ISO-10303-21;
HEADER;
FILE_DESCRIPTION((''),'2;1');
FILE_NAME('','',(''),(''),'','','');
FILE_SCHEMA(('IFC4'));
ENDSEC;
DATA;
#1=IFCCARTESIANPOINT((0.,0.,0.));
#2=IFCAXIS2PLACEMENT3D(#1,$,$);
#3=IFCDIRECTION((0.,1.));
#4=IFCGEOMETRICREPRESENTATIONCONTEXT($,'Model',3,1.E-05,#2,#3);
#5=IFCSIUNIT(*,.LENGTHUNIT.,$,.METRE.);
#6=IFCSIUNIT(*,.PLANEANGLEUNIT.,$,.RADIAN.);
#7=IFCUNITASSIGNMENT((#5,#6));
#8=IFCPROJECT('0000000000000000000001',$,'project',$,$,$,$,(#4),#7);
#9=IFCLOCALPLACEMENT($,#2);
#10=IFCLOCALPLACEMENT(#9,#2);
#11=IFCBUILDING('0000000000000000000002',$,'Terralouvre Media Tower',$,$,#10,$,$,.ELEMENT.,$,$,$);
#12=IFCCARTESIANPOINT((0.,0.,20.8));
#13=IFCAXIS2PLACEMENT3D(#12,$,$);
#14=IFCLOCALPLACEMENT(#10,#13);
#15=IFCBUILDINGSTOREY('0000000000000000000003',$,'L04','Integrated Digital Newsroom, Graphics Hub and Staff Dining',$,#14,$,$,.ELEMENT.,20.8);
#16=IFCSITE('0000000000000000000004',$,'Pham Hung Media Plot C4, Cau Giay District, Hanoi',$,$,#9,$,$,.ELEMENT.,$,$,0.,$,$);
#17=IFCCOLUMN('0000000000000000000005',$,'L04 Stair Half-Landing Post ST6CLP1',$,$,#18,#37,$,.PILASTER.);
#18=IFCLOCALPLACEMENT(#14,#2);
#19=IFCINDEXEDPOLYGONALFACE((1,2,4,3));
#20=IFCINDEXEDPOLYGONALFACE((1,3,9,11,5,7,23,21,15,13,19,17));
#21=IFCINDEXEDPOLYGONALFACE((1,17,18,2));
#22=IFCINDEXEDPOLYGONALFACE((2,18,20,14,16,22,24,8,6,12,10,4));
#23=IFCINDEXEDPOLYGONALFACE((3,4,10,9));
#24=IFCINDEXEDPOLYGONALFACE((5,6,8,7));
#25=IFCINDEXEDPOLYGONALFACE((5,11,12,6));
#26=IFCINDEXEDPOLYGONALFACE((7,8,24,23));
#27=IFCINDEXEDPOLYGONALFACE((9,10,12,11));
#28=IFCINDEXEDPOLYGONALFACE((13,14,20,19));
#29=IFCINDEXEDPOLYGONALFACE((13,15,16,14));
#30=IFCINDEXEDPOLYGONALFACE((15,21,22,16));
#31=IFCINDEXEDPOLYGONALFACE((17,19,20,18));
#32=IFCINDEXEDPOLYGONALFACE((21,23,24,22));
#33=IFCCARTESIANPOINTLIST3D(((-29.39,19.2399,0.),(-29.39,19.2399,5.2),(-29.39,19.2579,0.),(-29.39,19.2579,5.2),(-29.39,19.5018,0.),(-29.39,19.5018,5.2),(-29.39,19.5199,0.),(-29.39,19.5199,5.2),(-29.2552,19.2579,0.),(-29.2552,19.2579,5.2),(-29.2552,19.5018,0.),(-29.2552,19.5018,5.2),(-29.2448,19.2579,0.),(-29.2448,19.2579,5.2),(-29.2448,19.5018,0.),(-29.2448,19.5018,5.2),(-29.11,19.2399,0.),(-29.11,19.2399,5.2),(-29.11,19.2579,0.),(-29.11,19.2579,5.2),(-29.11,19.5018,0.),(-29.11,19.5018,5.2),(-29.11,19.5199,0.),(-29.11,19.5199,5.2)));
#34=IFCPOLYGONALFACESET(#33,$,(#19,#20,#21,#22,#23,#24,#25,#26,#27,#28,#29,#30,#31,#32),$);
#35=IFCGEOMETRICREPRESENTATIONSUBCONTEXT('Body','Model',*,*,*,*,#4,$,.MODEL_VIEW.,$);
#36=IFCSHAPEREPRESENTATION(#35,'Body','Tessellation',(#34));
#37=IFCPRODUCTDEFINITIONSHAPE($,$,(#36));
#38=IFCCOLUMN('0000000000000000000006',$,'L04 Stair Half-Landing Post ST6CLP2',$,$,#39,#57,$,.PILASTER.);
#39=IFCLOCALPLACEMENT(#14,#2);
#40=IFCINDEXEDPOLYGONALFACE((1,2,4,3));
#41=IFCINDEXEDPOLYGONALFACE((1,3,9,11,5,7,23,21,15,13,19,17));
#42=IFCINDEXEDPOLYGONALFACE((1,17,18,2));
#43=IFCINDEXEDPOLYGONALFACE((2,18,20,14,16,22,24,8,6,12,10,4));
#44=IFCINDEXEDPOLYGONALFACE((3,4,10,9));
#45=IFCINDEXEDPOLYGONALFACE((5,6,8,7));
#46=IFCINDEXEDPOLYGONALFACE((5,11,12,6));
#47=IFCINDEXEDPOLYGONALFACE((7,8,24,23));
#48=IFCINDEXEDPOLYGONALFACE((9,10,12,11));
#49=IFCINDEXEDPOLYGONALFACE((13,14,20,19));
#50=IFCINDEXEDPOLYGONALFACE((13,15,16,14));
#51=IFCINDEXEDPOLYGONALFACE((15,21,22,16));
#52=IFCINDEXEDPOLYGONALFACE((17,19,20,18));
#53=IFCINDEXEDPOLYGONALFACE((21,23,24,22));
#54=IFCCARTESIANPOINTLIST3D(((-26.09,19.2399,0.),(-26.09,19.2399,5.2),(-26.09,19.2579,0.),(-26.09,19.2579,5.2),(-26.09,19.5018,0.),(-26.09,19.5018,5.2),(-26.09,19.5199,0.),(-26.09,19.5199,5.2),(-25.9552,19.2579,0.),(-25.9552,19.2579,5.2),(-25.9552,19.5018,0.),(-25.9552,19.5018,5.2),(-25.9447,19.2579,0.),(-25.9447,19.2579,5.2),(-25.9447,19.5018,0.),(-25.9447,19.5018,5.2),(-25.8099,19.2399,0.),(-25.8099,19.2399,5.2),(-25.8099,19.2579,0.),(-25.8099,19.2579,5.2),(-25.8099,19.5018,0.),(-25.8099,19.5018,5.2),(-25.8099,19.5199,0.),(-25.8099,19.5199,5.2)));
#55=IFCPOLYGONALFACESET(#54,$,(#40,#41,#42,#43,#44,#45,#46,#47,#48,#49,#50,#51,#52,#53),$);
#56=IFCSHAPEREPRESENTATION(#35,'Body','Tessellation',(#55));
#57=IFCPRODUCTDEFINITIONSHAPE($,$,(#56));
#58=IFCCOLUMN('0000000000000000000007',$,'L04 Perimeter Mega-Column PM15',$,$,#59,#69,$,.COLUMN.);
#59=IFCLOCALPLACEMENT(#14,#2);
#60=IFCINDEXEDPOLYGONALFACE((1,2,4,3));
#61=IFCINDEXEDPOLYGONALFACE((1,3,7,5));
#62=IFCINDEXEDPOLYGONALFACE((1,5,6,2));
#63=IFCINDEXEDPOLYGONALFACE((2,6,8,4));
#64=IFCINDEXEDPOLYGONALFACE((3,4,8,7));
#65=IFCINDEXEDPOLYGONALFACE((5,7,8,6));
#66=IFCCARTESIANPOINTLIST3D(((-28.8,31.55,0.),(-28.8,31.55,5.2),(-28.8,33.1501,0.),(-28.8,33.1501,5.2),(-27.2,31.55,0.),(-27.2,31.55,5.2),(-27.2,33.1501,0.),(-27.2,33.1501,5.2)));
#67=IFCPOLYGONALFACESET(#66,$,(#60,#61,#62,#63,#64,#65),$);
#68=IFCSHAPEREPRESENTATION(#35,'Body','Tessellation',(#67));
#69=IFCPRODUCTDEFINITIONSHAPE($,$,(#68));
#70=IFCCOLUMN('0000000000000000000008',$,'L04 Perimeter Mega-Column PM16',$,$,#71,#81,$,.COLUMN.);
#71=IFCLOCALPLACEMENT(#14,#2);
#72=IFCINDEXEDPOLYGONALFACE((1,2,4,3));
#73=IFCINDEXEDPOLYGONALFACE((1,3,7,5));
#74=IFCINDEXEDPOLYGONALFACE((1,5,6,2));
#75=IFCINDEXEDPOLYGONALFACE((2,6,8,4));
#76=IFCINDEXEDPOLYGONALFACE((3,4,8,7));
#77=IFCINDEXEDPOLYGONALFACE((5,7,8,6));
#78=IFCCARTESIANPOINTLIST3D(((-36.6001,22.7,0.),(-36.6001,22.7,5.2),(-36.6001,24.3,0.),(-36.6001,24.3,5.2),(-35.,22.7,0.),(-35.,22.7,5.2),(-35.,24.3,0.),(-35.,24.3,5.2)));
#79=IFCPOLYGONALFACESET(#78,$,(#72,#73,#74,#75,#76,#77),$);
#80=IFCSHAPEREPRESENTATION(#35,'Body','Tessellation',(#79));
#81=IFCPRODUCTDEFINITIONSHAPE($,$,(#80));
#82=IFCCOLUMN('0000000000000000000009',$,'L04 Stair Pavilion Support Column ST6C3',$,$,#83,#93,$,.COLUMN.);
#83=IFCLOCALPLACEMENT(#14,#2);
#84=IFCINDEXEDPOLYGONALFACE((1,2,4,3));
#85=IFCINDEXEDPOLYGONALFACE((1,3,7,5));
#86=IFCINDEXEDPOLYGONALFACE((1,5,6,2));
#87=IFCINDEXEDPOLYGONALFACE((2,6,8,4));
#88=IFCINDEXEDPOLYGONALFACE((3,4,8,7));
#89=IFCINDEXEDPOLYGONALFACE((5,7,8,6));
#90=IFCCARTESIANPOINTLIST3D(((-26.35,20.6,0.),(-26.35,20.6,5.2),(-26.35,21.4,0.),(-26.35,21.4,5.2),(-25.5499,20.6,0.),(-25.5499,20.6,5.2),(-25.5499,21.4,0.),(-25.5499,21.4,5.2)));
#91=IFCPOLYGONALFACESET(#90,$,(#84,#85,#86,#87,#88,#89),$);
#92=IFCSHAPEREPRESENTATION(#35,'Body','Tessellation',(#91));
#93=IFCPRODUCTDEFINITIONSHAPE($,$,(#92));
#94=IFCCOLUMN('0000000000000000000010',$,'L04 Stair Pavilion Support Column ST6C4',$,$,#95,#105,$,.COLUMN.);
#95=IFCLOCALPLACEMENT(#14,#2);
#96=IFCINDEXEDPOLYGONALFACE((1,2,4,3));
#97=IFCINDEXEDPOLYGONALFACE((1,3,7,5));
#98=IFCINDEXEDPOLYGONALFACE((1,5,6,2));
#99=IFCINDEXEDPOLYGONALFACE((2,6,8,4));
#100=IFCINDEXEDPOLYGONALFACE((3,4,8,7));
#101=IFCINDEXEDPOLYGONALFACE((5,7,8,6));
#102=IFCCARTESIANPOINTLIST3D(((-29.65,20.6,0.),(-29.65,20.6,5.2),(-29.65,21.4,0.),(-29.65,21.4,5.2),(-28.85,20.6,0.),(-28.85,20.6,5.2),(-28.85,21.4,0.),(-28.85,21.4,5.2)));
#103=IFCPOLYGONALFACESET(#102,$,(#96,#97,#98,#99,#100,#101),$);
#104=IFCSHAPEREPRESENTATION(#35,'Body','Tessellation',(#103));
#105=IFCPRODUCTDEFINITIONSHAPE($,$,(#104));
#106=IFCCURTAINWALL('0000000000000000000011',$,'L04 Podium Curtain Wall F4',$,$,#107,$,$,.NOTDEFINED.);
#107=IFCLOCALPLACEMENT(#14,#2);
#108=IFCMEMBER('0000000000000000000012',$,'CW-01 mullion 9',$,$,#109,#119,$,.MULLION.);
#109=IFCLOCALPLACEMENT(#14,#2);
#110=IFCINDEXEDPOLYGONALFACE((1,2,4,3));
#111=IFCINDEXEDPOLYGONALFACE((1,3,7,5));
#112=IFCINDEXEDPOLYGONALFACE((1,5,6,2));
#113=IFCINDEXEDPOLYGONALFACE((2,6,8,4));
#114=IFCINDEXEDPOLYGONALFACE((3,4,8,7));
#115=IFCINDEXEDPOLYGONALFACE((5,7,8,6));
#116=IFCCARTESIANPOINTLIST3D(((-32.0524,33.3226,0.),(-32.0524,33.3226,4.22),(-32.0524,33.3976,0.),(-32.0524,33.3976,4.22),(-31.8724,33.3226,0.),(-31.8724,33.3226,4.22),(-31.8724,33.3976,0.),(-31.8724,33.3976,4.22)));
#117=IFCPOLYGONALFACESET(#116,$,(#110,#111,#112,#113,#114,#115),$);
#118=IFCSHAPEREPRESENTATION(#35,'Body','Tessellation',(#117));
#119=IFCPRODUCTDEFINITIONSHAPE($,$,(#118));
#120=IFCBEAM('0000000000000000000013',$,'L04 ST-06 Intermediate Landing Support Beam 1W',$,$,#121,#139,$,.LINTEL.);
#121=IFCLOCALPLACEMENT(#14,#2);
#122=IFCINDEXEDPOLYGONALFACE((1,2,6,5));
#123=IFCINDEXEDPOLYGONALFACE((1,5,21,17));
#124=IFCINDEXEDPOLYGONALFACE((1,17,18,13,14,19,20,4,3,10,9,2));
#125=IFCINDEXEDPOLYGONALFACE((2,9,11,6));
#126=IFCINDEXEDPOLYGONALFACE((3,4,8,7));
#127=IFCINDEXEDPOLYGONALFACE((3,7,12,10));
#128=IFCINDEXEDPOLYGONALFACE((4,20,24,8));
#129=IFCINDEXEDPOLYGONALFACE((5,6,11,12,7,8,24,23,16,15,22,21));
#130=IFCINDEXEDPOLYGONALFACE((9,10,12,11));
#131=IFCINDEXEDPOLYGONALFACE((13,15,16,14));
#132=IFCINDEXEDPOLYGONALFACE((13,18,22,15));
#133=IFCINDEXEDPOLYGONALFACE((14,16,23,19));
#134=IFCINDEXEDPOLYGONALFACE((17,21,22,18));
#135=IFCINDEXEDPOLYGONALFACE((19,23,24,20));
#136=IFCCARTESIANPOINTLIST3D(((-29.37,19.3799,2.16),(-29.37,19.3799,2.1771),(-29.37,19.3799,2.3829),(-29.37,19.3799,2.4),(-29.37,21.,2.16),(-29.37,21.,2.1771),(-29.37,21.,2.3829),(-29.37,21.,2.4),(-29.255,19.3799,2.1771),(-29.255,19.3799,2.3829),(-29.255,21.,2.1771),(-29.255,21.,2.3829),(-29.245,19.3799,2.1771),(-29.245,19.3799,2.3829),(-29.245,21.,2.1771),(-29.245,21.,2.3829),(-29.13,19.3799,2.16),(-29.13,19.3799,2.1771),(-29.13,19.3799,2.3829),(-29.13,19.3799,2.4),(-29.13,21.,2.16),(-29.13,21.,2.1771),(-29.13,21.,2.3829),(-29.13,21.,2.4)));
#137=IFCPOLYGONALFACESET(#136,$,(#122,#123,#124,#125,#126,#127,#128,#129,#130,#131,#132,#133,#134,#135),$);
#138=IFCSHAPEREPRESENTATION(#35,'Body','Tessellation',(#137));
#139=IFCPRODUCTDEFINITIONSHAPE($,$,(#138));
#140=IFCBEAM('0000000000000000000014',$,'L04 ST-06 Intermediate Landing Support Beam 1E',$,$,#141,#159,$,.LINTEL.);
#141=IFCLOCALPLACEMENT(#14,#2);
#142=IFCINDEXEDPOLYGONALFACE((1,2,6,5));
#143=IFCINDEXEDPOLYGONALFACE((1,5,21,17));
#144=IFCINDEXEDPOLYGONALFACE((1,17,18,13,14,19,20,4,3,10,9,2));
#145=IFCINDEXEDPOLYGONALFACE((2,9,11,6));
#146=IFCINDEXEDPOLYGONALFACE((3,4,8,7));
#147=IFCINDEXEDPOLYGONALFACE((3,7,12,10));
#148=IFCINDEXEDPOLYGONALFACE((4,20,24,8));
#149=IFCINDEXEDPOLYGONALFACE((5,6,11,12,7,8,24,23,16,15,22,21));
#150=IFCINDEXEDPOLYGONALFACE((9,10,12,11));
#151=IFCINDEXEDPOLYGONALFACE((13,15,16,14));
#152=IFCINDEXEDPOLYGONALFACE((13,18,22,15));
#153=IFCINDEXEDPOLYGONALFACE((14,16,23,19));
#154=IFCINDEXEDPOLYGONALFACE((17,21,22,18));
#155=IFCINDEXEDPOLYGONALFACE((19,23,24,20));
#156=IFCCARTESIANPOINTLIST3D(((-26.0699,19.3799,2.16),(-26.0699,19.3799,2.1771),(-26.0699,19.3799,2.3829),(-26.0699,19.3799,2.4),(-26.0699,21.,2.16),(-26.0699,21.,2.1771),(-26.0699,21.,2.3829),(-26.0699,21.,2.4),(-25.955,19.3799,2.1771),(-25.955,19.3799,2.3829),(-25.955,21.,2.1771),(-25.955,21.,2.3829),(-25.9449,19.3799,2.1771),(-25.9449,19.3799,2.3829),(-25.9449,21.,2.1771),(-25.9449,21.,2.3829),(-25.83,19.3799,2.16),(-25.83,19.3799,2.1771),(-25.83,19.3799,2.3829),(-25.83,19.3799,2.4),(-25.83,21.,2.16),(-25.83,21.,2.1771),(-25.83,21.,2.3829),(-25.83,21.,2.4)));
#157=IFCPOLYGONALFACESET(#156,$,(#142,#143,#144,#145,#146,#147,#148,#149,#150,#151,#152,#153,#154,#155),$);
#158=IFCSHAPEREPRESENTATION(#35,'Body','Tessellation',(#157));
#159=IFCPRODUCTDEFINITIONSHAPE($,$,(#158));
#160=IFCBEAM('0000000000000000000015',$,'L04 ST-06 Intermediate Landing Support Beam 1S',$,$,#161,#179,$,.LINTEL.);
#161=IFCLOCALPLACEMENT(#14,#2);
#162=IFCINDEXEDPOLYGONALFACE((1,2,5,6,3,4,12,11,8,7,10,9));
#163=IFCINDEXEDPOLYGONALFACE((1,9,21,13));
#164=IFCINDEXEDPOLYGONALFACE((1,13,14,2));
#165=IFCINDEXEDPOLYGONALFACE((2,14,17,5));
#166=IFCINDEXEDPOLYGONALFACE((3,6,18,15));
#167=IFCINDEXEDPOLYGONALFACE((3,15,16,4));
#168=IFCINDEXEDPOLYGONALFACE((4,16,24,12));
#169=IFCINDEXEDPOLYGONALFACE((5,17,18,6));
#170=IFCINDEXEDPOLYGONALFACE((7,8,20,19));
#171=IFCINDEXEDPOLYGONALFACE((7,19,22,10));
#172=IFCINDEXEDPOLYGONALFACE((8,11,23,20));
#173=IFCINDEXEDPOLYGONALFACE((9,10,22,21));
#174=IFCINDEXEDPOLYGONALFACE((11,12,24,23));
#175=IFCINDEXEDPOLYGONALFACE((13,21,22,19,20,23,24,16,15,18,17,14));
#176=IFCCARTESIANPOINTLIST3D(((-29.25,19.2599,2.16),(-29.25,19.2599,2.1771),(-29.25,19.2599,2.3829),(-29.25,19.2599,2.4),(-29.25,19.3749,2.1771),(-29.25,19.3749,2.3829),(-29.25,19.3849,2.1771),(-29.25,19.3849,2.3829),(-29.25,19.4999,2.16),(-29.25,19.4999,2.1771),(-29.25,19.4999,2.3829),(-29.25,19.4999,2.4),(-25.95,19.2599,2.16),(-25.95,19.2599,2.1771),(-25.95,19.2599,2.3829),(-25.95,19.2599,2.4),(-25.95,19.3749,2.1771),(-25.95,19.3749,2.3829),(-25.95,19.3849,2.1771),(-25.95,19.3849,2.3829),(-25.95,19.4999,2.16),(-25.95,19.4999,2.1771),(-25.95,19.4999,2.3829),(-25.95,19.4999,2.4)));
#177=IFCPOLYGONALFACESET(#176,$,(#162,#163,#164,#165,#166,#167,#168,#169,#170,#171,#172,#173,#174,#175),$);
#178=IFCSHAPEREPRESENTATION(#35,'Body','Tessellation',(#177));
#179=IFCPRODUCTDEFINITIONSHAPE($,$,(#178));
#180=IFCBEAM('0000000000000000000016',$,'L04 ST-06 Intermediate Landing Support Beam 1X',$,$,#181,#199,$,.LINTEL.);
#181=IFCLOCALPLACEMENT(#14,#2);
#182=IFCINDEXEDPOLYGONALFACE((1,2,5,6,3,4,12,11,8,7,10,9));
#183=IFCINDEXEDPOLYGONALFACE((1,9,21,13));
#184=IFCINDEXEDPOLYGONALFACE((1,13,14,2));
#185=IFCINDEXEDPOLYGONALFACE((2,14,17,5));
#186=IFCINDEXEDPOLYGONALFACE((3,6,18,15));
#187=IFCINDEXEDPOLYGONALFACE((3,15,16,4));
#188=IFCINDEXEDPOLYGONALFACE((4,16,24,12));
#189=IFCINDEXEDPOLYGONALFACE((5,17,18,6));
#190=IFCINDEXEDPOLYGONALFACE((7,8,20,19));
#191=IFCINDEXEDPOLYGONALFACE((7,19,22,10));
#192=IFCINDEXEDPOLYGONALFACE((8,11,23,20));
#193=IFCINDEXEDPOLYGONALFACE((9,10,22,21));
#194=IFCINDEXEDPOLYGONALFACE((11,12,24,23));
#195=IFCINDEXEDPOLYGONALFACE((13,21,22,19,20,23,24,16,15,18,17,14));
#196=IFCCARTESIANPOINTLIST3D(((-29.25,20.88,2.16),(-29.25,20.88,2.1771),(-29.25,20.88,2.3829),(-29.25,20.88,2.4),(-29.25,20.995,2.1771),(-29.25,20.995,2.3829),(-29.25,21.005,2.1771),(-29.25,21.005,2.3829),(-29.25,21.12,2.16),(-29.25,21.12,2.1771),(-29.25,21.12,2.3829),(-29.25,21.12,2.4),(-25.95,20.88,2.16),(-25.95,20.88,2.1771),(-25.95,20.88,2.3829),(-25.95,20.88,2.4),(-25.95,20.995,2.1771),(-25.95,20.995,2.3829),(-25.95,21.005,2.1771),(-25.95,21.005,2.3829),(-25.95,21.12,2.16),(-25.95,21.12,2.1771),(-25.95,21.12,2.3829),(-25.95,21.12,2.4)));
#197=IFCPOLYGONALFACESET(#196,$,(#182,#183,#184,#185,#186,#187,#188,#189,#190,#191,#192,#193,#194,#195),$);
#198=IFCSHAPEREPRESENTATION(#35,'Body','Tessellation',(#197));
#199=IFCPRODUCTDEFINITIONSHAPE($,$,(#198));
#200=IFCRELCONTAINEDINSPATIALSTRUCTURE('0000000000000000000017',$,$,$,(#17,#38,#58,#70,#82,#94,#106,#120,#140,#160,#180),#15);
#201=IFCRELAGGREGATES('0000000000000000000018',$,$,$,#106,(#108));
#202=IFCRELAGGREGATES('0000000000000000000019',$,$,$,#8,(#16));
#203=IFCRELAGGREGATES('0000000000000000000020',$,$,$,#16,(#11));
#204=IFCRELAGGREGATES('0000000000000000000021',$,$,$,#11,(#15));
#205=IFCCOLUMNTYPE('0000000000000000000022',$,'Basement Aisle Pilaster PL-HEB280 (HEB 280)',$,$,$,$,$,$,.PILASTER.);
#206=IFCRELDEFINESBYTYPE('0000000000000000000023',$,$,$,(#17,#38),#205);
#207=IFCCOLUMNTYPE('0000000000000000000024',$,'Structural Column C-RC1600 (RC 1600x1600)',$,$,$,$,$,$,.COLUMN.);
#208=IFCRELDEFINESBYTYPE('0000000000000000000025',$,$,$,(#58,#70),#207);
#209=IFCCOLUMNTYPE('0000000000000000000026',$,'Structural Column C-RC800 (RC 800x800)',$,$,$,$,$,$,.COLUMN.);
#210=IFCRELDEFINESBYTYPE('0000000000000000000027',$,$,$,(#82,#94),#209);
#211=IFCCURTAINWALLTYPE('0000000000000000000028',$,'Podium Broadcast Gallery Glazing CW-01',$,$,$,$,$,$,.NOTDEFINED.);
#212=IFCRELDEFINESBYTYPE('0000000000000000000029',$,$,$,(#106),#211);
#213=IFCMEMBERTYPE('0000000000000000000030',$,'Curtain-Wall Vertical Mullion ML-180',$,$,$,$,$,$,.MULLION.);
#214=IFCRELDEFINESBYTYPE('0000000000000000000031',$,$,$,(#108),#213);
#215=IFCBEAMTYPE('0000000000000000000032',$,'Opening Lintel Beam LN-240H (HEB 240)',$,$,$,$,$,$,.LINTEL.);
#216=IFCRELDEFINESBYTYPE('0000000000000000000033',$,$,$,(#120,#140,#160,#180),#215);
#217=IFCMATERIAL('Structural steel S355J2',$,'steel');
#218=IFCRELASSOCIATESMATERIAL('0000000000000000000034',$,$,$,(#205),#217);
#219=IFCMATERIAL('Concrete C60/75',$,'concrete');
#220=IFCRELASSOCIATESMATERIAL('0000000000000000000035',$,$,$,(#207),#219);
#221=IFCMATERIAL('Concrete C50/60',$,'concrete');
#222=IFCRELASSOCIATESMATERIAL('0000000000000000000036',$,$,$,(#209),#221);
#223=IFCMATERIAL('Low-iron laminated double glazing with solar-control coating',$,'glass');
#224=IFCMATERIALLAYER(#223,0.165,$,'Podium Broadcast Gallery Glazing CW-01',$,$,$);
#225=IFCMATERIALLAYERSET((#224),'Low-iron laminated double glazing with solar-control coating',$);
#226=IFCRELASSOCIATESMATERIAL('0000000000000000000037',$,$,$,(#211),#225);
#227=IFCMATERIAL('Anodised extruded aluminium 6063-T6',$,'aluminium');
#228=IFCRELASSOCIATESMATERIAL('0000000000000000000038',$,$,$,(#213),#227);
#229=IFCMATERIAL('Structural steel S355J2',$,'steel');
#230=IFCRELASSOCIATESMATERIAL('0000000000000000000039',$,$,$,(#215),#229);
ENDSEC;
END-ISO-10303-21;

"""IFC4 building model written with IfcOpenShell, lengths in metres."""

from ifc_helpers import new_model, si_unit, direction, frame, origin, origin_2d, place, context, subcontext, project, spatial, rectangle, i_section, extrude, material, layer, layer_set, material_profile, profile_set, type_object, element, aggregate, save


model = new_model("IFC4")

# Units and contexts
model_context = context("Model", 3, precision=1e-05, world=origin(), true_north=direction((0.0, 1.0)))
body_context = subcontext(model_context, "Body", "Model", "MODEL_VIEW")
ifc_project = project(units=[si_unit("LENGTHUNIT", "METRE"), si_unit("PLANEANGLEUNIT", "RADIAN")], contexts=[model_context])

# Site, building, storey
site_placement = place(None, origin())
site = spatial("IfcSite", under=ifc_project, at=site_placement, Name="Pham Hung Media Plot C4, Cau Giay District, Hanoi", CompositionType="ELEMENT", RefElevation=0.0)
building_placement = place(site_placement, origin())
building = spatial("IfcBuilding", under=site, at=building_placement, Name="Terralouvre Media Tower", CompositionType="ELEMENT")
storey_placement = place(building_placement, frame((0.0, 0.0, 20.8)))
storey = spatial("IfcBuildingStorey", under=building, at=storey_placement, Name="L04", Description="Integrated Digital Newsroom, Graphics Hub and Staff Dining", CompositionType="ELEMENT", Elevation=20.8)

# Columns
ifc_material_1 = material(Name="Structural steel S355J2", Category="steel")
ifc_material_profile_1 = material_profile(ifc_material_1, i_section(OverallWidth=0.28, OverallDepth=0.28, WebThickness=0.0105, FlangeThickness=0.0181, at=origin_2d()), Name="HEB 280")
ifc_profile_set_1 = profile_set([ifc_material_profile_1], Name="Structural steel S355J2")
column_type_1 = type_object("IfcColumnType", Name="Basement Aisle Pilaster PL-HEB280 (HEB 280)", PredefinedType="PILASTER", material=ifc_profile_set_1)
for number, where, z_axis, x_axis, name in (
    (1, (-29.25, 19.3799, 0.0), (0.0, 0.0, 1.0), (1.0, 0.0, 0.0), "L04 Stair Half-Landing Post ST6CLP1"),
    (2, (-25.95, 19.3799, 0.0), (0.0, 0.0, 1.0), (1.0, 0.0, 0.0), "L04 Stair Half-Landing Post ST6CLP2"),
):
    element("IfcColumn", number, at=place(storey_placement, frame(where, z_axis=z_axis, x_axis=x_axis)), inside=storey, type_object=column_type_1, Name=name, PredefinedType="PILASTER", context=body_context, shape_type="SweptSolid", body=[
        extrude(i_section(OverallWidth=0.28, OverallDepth=0.28, WebThickness=0.0105, FlangeThickness=0.0181, at=origin_2d()), origin(), (0.0, 0.0, 1.0), 5.2),
    ])
ifc_material_2 = material(Name="Concrete C60/75", Category="concrete")
ifc_material_profile_2 = material_profile(ifc_material_2, rectangle(XDim=1.6001, YDim=1.6001, at=origin_2d()), Name="RC 1600x1600")
ifc_profile_set_2 = profile_set([ifc_material_profile_2], Name="Concrete C60/75")
column_type_2 = type_object("IfcColumnType", Name="Structural Column C-RC1600 (RC 1600x1600)", PredefinedType="COLUMN", material=ifc_profile_set_2)
for number, where, z_axis, x_axis, name in (
    (3, (-28.0, 32.3501, 0.0), (0.0, 0.0, 1.0), (1.0, 0.0, 0.0), "L04 Perimeter Mega-Column PM15"),
    (4, (-35.8, 23.5, 0.0), (0.0, 0.0, 1.0), (1.0, 0.0, 0.0), "L04 Perimeter Mega-Column PM16"),
):
    element("IfcColumn", number, at=place(storey_placement, frame(where, z_axis=z_axis, x_axis=x_axis)), inside=storey, type_object=column_type_2, Name=name, PredefinedType="COLUMN", context=body_context, shape_type="SweptSolid", body=[
        extrude(rectangle(XDim=1.6001, YDim=1.6001, at=origin_2d()), origin(), (0.0, 0.0, 1.0), 5.2),
    ])
ifc_material_3 = material(Name="Concrete C50/60", Category="concrete")
ifc_material_profile_3 = material_profile(ifc_material_3, rectangle(XDim=0.8, YDim=0.8, at=origin_2d()), Name="RC 800x800")
ifc_profile_set_3 = profile_set([ifc_material_profile_3], Name="Concrete C50/60")
column_type_3 = type_object("IfcColumnType", Name="Structural Column C-RC800 (RC 800x800)", PredefinedType="COLUMN", material=ifc_profile_set_3)
for number, where, z_axis, x_axis, name in (
    (5, (-25.95, 21.0, 0.0), (0.0, 0.0, 1.0), (1.0, 0.0, 0.0), "L04 Stair Pavilion Support Column ST6C3"),
    (6, (-29.25, 21.0, 0.0), (0.0, 0.0, 1.0), (1.0, 0.0, 0.0), "L04 Stair Pavilion Support Column ST6C4"),
):
    element("IfcColumn", number, at=place(storey_placement, frame(where, z_axis=z_axis, x_axis=x_axis)), inside=storey, type_object=column_type_3, Name=name, PredefinedType="COLUMN", context=body_context, shape_type="SweptSolid", body=[
        extrude(rectangle(XDim=0.8, YDim=0.8, at=origin_2d()), origin(), (0.0, 0.0, 1.0), 5.2),
    ])

# Curtain wall, member
ifc_material_4 = material(Name="Low-iron laminated double glazing with solar-control coating", Category="glass")
ifc_layer_1 = layer(ifc_material_4, 0.165, Name="Podium Broadcast Gallery Glazing CW-01")
ifc_layer_set_1 = layer_set([ifc_layer_1], Name="Low-iron laminated double glazing with solar-control coating")
curtain_wall_type = type_object("IfcCurtainWallType", Name="Podium Broadcast Gallery Glazing CW-01", PredefinedType="NOTDEFINED", material=ifc_layer_set_1)
curtain_wall_placement = place(storey_placement, origin())
curtain_wall = element("IfcCurtainWall", 7, at=curtain_wall_placement, inside=storey, type_object=curtain_wall_type, Name="L04 Podium Curtain Wall F4", PredefinedType="NOTDEFINED")
ifc_material_5 = material(Name="Anodised extruded aluminium 6063-T6", Category="aluminium")
ifc_material_profile_4 = material_profile(ifc_material_5, rectangle(XDim=0.075, YDim=0.1799, at=origin_2d()), Name="ALU 75x180")
ifc_profile_set_4 = profile_set([ifc_material_profile_4], Name="Anodised extruded aluminium 6063-T6")
member_type = type_object("IfcMemberType", Name="Curtain-Wall Vertical Mullion ML-180", PredefinedType="MULLION", material=ifc_profile_set_4)
member_placement = place(storey_placement, frame((-31.9624, 33.3601, 0.0), z_axis=(0.0, 0.0, 1.0), x_axis=(0.0, -1.0, 0.0)))
member = element("IfcMember", 8, at=member_placement, type_object=member_type, Name="CW-01 mullion 9", PredefinedType="MULLION", context=body_context, shape_type="SweptSolid", body=[
    extrude(rectangle(XDim=0.075, YDim=0.1799, at=origin_2d()), origin(), (0.0, 0.0, 1.0), 4.22),
])

# Beams
ifc_material_6 = material(Name="Structural steel S355J2", Category="steel")
ifc_material_profile_5 = material_profile(ifc_material_6, i_section(OverallWidth=0.24, OverallDepth=0.24, WebThickness=0.01, FlangeThickness=0.0171, at=origin_2d()), Name="HEB 240")
ifc_profile_set_5 = profile_set([ifc_material_profile_5], Name="Structural steel S355J2")
beam_type_1 = type_object("IfcBeamType", Name="Opening Lintel Beam LN-240H (HEB 240)", PredefinedType="LINTEL", material=ifc_profile_set_5)
for number, where, z_axis, x_axis, name in (
    (9, (-29.25, 19.3799, 2.28), (0.0, 1.0, 0.0), (-1.0, 0.0, 0.0), "L04 ST-06 Intermediate Landing Support Beam 1W"),
    (10, (-25.95, 19.3799, 2.28), (0.0, 1.0, 0.0), (-1.0, 0.0, 0.0), "L04 ST-06 Intermediate Landing Support Beam 1E"),
):
    element("IfcBeam", number, at=place(storey_placement, frame(where, z_axis=z_axis, x_axis=x_axis)), inside=storey, type_object=beam_type_1, Name=name, PredefinedType="LINTEL", context=body_context, shape_type="SweptSolid", body=[
        extrude(i_section(OverallWidth=0.24, OverallDepth=0.24, WebThickness=0.01, FlangeThickness=0.0171, at=origin_2d()), origin(), (0.0, 0.0, 1.0), 1.6201),
    ])
for number, where, z_axis, x_axis, name in (
    (11, (-29.25, 19.3799, 2.28), (1.0, 0.0, 0.0), (0.0, 1.0, 0.0), "L04 ST-06 Intermediate Landing Support Beam 1S"),
    (12, (-29.25, 21.0, 2.28), (1.0, 0.0, 0.0), (0.0, 1.0, 0.0), "L04 ST-06 Intermediate Landing Support Beam 1X"),
):
    element("IfcBeam", number, at=place(storey_placement, frame(where, z_axis=z_axis, x_axis=x_axis)), inside=storey, type_object=beam_type_1, Name=name, PredefinedType="LINTEL", context=body_context, shape_type="SweptSolid", body=[
        extrude(i_section(OverallWidth=0.24, OverallDepth=0.24, WebThickness=0.01, FlangeThickness=0.0171, at=origin_2d()), origin(), (0.0, 0.0, 1.0), 3.3),
    ])

aggregate(curtain_wall, [member])

save(model, "model.ifc")
